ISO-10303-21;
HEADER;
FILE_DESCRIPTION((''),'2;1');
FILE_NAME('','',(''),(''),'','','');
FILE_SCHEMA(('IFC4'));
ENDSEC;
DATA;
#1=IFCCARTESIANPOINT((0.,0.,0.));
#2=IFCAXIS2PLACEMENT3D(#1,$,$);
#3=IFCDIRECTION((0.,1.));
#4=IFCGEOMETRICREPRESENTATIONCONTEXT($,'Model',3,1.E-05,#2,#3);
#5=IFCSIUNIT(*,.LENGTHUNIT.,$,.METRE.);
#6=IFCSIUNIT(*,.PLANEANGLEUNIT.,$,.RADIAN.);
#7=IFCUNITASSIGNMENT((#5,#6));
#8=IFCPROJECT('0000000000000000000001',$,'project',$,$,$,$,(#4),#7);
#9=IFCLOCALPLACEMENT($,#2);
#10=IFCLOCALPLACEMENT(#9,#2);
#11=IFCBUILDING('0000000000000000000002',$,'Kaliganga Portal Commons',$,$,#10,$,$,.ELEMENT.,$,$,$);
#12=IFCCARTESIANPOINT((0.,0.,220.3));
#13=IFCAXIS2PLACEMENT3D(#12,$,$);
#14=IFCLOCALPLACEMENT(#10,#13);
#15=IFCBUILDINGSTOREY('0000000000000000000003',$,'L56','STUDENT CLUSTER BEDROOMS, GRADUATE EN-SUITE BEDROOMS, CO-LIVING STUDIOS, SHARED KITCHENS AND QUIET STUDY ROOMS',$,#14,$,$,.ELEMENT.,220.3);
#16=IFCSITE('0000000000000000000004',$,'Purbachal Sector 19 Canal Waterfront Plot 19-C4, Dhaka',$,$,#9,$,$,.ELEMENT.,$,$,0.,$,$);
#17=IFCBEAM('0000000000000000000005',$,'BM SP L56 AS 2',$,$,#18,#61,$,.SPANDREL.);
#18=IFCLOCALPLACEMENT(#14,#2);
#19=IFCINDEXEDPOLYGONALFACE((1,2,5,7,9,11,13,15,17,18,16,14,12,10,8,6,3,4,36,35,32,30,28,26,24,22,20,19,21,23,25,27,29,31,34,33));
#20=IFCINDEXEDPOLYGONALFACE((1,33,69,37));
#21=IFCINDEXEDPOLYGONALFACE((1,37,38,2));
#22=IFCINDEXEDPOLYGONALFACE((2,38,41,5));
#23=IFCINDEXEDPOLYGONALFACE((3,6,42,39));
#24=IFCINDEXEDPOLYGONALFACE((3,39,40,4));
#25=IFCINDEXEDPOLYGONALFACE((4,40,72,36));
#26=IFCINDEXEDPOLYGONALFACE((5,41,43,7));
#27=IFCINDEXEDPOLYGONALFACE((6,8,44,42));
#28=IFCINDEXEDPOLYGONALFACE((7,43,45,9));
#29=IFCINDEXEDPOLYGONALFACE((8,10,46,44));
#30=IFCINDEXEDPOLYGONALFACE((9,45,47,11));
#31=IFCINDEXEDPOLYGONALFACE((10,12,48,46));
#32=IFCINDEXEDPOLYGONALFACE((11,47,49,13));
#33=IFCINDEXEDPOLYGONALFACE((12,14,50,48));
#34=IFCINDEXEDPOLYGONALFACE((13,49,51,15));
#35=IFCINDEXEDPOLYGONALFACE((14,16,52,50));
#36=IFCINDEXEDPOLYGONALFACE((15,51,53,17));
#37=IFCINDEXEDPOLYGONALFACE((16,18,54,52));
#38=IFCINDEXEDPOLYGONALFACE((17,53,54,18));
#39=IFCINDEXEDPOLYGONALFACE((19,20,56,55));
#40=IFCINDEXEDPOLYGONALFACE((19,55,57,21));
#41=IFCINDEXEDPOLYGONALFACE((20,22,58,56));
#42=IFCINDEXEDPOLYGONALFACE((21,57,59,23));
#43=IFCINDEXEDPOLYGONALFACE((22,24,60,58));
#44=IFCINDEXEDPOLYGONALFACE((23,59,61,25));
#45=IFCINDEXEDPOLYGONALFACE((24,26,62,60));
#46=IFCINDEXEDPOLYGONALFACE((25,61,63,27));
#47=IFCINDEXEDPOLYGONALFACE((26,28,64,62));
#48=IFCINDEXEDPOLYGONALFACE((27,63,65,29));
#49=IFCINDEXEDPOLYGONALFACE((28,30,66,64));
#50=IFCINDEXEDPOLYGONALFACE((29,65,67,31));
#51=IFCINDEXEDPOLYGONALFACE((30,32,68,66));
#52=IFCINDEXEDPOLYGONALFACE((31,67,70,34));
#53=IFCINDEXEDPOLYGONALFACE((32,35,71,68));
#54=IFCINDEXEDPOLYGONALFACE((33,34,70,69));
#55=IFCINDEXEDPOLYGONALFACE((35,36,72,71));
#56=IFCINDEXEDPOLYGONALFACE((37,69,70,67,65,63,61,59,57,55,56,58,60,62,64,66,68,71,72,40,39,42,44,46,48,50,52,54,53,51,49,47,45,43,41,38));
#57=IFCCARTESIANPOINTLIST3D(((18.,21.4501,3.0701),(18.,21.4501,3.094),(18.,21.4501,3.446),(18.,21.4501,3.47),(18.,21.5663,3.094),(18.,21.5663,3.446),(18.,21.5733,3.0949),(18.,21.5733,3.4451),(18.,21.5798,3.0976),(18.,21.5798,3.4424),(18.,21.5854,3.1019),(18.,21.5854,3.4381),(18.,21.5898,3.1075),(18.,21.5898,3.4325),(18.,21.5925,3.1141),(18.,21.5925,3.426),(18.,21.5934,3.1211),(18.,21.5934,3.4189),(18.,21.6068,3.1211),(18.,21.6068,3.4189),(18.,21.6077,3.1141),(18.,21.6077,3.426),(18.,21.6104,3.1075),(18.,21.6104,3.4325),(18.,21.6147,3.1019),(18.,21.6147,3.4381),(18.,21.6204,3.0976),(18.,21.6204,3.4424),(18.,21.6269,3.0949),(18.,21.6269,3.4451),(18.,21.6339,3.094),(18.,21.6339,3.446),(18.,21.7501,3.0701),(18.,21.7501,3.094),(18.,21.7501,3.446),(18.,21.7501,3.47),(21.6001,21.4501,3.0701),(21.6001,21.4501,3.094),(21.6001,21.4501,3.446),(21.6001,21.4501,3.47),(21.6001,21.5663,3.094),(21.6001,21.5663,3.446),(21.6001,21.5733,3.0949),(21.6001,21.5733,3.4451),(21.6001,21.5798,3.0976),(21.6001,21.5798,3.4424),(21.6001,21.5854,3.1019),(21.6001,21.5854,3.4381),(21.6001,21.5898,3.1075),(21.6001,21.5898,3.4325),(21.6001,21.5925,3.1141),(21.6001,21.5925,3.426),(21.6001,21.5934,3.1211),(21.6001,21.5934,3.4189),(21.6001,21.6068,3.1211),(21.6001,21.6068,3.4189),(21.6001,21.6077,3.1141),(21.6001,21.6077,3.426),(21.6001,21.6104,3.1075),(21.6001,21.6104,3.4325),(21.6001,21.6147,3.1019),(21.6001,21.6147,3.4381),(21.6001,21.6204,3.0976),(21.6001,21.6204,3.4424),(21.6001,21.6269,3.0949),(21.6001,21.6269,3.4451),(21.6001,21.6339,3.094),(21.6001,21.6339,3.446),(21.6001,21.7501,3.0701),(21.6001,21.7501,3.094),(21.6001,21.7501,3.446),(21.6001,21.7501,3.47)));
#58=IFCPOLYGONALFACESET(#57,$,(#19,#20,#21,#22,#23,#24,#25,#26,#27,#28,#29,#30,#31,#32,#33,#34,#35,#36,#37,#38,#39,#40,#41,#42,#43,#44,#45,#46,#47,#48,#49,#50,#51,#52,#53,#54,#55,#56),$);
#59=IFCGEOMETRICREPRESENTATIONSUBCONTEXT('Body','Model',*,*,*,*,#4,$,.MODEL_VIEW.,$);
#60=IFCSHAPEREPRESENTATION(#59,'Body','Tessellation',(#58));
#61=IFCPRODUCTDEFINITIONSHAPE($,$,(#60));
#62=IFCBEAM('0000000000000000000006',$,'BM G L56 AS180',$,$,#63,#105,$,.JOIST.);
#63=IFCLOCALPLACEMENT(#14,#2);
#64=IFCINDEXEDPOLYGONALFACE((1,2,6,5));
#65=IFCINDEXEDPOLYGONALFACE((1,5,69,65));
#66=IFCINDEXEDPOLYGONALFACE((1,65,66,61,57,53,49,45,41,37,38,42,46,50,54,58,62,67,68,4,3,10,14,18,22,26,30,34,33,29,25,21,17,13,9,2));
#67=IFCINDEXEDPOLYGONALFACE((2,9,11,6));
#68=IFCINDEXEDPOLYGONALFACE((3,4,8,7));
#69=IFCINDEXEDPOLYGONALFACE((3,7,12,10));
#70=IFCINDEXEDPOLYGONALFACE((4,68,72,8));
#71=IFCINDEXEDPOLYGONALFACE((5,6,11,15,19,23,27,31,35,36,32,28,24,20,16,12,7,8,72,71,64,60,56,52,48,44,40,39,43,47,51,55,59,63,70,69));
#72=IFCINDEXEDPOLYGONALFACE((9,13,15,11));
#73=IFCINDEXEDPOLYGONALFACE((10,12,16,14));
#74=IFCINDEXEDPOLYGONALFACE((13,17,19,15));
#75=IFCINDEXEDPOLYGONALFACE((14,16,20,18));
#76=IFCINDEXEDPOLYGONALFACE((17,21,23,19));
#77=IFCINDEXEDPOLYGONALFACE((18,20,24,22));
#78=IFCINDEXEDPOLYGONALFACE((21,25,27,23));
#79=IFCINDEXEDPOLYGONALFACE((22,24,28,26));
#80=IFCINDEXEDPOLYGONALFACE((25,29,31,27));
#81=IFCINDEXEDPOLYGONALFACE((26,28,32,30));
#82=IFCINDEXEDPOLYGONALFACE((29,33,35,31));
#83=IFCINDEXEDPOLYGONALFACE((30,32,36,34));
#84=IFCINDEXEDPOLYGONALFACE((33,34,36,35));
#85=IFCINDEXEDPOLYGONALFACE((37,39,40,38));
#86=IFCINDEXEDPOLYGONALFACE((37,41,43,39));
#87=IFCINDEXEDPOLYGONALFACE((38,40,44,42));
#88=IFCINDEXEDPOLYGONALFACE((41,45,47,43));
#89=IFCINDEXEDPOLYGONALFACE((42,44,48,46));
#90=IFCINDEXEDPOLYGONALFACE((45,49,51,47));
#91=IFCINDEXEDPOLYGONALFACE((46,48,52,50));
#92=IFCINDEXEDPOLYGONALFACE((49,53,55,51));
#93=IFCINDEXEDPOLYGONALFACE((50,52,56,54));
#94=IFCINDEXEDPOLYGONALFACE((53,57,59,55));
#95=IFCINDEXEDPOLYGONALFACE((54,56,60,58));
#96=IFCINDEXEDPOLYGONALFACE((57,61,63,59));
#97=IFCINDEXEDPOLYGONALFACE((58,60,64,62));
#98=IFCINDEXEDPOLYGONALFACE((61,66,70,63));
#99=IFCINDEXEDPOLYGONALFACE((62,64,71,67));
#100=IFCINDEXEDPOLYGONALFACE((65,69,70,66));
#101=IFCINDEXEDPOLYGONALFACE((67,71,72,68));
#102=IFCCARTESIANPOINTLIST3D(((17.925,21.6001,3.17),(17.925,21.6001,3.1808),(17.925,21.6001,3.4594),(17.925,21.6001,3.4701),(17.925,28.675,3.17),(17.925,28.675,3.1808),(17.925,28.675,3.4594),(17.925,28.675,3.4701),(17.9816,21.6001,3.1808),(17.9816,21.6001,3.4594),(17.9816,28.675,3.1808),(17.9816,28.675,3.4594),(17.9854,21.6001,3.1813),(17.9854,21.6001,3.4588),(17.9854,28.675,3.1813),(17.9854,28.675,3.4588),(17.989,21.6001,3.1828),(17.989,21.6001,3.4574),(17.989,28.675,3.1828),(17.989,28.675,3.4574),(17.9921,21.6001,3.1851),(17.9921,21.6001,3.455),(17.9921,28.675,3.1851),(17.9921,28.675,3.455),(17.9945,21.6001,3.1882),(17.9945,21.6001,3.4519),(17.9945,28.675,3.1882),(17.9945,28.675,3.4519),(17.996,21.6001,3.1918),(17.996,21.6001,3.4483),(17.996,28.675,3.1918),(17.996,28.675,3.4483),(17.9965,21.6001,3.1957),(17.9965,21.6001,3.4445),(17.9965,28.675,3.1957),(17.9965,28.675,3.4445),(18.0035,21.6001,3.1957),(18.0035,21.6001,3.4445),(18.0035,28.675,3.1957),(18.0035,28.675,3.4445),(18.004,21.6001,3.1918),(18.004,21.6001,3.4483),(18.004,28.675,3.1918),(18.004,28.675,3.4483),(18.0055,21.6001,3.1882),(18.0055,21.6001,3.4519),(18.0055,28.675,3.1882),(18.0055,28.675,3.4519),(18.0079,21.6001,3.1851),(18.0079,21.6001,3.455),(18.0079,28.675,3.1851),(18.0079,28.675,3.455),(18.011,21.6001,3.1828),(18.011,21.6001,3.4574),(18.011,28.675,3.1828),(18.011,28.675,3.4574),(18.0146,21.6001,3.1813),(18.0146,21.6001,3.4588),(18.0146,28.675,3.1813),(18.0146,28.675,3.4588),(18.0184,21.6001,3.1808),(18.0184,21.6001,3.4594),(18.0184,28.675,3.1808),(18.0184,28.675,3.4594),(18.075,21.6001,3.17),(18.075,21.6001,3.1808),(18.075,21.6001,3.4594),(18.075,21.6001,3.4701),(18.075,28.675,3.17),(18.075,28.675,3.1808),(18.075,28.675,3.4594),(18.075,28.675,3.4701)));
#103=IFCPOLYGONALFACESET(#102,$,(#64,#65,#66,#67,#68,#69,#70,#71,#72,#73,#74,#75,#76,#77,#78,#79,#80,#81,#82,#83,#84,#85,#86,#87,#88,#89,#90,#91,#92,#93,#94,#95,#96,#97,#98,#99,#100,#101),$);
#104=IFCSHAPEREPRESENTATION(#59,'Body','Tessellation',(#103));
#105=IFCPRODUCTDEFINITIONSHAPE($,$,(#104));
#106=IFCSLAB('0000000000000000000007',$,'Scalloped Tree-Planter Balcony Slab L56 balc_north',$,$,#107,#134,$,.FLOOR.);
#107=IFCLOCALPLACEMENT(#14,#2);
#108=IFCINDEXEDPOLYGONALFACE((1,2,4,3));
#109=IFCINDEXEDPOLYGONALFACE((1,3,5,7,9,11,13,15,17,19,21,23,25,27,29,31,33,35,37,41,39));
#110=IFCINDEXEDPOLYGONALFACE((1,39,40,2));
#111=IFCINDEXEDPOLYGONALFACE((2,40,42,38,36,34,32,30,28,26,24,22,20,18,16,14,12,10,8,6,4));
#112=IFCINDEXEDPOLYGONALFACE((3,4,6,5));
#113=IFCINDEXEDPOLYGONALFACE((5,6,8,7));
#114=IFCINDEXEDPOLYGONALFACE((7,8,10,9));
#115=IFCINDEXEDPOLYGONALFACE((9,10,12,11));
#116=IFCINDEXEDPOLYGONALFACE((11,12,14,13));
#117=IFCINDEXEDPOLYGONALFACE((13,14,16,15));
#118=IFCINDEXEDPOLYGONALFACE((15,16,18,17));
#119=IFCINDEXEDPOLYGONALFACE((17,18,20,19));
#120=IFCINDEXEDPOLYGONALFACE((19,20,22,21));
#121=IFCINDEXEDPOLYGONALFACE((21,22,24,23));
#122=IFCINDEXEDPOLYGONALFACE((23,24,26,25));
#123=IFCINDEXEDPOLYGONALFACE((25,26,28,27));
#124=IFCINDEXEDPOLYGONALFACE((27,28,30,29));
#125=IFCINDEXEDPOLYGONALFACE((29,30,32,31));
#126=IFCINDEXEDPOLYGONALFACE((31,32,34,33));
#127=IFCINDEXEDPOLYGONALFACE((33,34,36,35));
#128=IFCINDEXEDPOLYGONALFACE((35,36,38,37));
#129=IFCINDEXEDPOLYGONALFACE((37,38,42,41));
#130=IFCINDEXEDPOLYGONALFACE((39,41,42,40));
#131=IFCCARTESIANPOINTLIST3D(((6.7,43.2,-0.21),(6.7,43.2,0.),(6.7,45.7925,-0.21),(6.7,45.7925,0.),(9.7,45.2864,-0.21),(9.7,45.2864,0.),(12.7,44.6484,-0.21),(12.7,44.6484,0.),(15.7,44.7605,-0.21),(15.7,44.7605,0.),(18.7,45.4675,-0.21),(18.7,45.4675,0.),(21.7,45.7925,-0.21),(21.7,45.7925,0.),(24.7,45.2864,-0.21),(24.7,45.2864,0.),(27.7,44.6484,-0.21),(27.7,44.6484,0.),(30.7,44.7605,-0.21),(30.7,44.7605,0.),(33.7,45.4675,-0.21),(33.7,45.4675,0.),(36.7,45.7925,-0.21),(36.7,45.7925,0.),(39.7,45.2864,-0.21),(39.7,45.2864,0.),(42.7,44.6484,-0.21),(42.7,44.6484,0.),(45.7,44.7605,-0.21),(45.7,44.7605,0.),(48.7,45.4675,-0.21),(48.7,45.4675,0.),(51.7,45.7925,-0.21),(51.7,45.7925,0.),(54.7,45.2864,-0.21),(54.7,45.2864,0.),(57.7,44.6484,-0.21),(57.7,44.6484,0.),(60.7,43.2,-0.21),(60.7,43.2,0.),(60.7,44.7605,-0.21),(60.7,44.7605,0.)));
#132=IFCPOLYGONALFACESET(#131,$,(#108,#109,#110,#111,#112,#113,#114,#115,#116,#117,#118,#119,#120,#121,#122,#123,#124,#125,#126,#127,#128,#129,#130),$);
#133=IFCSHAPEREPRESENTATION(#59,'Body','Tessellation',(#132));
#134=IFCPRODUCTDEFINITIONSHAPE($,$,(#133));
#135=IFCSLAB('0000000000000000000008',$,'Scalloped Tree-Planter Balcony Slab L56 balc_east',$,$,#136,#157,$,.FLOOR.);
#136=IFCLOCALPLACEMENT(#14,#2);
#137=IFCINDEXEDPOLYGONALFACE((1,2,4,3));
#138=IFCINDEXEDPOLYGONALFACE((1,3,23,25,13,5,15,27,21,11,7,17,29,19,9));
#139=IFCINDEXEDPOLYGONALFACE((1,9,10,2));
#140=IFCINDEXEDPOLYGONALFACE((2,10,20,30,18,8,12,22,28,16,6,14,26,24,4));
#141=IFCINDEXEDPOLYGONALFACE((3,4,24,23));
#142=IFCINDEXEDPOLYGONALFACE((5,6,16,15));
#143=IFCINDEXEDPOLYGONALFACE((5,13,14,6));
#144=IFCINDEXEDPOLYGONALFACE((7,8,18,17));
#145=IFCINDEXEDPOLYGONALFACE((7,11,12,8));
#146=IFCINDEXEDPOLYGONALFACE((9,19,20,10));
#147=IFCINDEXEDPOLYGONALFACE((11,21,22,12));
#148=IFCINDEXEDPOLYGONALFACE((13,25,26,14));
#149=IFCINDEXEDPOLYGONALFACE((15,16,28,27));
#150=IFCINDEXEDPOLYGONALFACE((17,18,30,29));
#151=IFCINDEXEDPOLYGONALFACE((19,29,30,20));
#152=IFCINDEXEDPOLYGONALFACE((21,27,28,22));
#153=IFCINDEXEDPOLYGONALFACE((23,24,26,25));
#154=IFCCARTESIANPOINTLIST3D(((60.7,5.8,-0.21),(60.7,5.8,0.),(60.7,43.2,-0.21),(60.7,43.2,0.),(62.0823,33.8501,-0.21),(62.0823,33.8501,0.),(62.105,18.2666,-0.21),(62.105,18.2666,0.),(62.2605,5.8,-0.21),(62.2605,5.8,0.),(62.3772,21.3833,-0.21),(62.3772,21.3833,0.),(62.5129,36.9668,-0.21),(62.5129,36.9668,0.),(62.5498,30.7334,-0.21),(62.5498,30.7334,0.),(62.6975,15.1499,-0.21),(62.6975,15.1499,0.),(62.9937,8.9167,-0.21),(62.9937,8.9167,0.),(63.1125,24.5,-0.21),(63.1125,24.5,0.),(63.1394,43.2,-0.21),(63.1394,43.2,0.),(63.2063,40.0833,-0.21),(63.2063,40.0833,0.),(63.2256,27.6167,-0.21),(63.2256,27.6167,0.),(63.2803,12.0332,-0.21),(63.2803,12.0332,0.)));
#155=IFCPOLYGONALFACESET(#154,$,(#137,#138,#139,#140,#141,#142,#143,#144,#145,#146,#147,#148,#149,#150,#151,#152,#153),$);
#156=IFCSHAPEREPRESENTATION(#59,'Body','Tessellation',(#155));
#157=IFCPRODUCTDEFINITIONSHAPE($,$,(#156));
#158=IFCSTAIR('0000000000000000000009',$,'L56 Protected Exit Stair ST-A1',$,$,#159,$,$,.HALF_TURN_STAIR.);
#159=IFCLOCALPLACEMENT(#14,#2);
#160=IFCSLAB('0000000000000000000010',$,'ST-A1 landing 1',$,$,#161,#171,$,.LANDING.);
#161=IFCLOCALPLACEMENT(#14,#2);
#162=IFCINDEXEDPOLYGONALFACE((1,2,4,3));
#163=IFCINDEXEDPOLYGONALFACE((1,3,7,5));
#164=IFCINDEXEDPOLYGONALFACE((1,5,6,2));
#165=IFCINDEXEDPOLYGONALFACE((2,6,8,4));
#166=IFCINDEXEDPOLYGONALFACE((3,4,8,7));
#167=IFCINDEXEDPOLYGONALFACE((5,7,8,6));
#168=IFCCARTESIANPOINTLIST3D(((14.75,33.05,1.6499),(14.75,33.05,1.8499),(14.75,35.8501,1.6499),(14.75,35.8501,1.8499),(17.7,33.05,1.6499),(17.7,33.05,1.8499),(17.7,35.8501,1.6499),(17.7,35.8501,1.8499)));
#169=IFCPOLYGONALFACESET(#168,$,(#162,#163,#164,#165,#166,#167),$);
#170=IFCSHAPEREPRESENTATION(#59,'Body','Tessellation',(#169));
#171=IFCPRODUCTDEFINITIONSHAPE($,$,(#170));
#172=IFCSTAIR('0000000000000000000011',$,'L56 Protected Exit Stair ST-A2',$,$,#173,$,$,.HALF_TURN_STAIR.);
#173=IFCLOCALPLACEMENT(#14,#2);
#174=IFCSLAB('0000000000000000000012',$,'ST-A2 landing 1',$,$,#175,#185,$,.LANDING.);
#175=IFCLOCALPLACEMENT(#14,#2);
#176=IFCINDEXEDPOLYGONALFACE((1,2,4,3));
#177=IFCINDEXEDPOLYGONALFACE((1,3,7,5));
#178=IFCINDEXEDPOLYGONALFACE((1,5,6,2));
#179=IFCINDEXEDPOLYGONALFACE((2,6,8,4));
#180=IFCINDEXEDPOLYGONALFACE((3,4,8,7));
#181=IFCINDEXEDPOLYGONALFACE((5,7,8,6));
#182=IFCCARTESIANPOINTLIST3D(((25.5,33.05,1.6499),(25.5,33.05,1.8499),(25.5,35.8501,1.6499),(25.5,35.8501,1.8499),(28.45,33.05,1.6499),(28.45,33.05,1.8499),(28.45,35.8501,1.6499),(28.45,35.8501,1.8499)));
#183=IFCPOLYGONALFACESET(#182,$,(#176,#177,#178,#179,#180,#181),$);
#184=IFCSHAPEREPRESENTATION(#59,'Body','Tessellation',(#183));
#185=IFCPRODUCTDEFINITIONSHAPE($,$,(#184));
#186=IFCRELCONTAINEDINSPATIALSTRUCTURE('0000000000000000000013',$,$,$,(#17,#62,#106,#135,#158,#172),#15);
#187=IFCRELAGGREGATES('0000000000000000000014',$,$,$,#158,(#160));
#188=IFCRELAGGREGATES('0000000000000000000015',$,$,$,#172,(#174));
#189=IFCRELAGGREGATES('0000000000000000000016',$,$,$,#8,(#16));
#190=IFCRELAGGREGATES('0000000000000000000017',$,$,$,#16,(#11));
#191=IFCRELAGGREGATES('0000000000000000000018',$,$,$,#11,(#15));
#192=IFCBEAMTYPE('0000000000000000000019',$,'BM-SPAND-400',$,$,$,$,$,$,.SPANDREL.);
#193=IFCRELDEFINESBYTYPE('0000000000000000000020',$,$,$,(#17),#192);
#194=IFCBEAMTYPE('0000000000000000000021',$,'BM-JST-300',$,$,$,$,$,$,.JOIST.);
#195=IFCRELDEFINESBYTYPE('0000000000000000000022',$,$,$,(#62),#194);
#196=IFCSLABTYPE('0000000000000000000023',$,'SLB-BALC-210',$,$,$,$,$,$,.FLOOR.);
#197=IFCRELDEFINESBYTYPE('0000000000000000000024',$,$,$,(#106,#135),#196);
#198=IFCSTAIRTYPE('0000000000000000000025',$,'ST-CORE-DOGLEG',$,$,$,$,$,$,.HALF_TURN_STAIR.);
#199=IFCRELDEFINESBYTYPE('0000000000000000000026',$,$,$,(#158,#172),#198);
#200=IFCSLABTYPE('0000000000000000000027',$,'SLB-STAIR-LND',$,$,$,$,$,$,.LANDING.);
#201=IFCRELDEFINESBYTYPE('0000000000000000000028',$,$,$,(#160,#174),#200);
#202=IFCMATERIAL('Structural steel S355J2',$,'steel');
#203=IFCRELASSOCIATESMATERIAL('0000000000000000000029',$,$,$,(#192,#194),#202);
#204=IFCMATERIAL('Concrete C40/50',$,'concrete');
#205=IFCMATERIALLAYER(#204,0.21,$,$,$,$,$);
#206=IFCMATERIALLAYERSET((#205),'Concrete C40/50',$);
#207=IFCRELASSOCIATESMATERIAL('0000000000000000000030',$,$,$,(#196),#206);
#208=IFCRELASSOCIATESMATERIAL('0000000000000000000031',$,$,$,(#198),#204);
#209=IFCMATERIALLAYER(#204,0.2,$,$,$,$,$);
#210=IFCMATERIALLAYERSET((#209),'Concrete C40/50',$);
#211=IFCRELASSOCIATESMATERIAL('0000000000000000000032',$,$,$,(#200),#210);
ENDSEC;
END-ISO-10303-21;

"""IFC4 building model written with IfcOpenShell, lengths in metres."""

from ifc_helpers import new_model, si_unit, direction, frame, origin, origin_2d, place, context, subcontext, project, spatial, polyline, i_section, outline, extrude, source, transform, mapped, material, layer, layer_set, material_profile, profile_set, type_object, element, aggregate, save


model = new_model("IFC4")

# Units and contexts
model_context = context("Model", 3, precision=1e-05, world=origin(), true_north=direction((0.0, 1.0)))
body_context = subcontext(model_context, "Body", "Model", "MODEL_VIEW")
ifc_project = project(units=[si_unit("LENGTHUNIT", "METRE"), si_unit("PLANEANGLEUNIT", "RADIAN")], contexts=[model_context])

# Site, building, storey
site_placement = place(None, origin())
site = spatial("IfcSite", under=ifc_project, at=site_placement, Name="Purbachal Sector 19 Canal Waterfront Plot 19-C4, Dhaka", CompositionType="ELEMENT", RefElevation=0.0)
building_placement = place(site_placement, origin())
building = spatial("IfcBuilding", under=site, at=building_placement, Name="Kaliganga Portal Commons", CompositionType="ELEMENT")
storey_placement = place(building_placement, frame((0.0, 0.0, 220.3)))
storey = spatial("IfcBuildingStorey", under=building, at=storey_placement, Name="L56", Description="STUDENT CLUSTER BEDROOMS, GRADUATE EN-SUITE BEDROOMS, CO-LIVING STUDIOS, SHARED KITCHENS AND QUIET STUDY ROOMS", CompositionType="ELEMENT", Elevation=220.3)

# Shared definitions
ifc_material_1 = material(Name="Structural steel S355J2", Category="steel")

# Beams
ifc_material_profile_1 = material_profile(ifc_material_1, i_section(OverallWidth=0.3, OverallDepth=0.3999, WebThickness=0.0134, FlangeThickness=0.0239, FilletRadius=0.0271, at=origin_2d()), Name="HE 400 B")
ifc_profile_set_1 = profile_set([ifc_material_profile_1], Name="Structural steel S355J2 wide-flange")
beam_type_1 = type_object("IfcBeamType", Name="BM-SPAND-400", PredefinedType="SPANDREL", material=ifc_profile_set_1)
shared_shape_1 = source(origin(), body_context, "Body", "SweptSolid", [
    extrude(i_section(OverallWidth=0.3, OverallDepth=0.3999, WebThickness=0.0134, FlangeThickness=0.0239, FilletRadius=0.0271, at=origin_2d()), origin(), (0.0, 0.0, 1.0), 3.6001),
])
for number, where, z_axis, x_axis, name in (
    (1, (18.0, 21.6001, 3.27), (1.0, 0.0, 0.0), (0.0, 1.0, 0.0), "BM SP L56 AS 2"),
):
    element("IfcBeam", number, at=place(storey_placement, frame(where, z_axis=z_axis, x_axis=x_axis)), inside=storey, type_object=beam_type_1, Name=name, PredefinedType="SPANDREL", context=body_context, shape_type="MappedRepresentation", body=[
        mapped(shared_shape_1, transform((0.0, 0.0, 0.0), x_axis=(1.0, 0.0, 0.0), y_axis=(0.0, 1.0, 0.0), z_axis=(0.0, 0.0, 1.0), scale=1.0)),
    ])
ifc_material_profile_2 = material_profile(ifc_material_1, i_section(OverallWidth=0.1499, OverallDepth=0.3, WebThickness=0.0071, FlangeThickness=0.0107, FilletRadius=0.0149, at=origin_2d()), Name="IPE 300")
ifc_profile_set_2 = profile_set([ifc_material_profile_2], Name="Structural steel S355J2 wide-flange")
beam_type_2 = type_object("IfcBeamType", Name="BM-JST-300", PredefinedType="JOIST", material=ifc_profile_set_2)
shared_shape_2 = source(origin(), body_context, "Body", "SweptSolid", [
    extrude(i_section(OverallWidth=0.1499, OverallDepth=0.3, WebThickness=0.0071, FlangeThickness=0.0107, FilletRadius=0.0149, at=origin_2d()), origin(), (0.0, 0.0, 1.0), 7.075),
])
beam_1_placement = place(storey_placement, frame((18.0, 21.6001, 3.3201), z_axis=(0.0, 1.0, 0.0), x_axis=(-1.0, 0.0, 0.0)))
element("IfcBeam", 2, at=beam_1_placement, inside=storey, type_object=beam_type_2, Name="BM G L56 AS180", PredefinedType="JOIST", context=body_context, shape_type="MappedRepresentation", body=[
    mapped(shared_shape_2, transform((0.0, 0.0, 0.0), x_axis=(1.0, 0.0, 0.0), y_axis=(0.0, 1.0, 0.0), z_axis=(0.0, 0.0, 1.0), scale=1.0)),
])

# Slabs
ifc_material_2 = material(Name="Concrete C40/50", Category="concrete")
ifc_layer_1 = layer(ifc_material_2, 0.21)
ifc_layer_set_1 = layer_set([ifc_layer_1], Name="Concrete C40/50")
slab_type_1 = type_object("IfcSlabType", Name="SLB-BALC-210", PredefinedType="FLOOR", material=ifc_layer_set_1)
slab_1_placement = place(storey_placement, frame((0.0, 0.0, -0.21)))
element("IfcSlab", 3, at=slab_1_placement, inside=storey, type_object=slab_type_1, Name="Scalloped Tree-Planter Balcony Slab L56 balc_north", PredefinedType="FLOOR", context=body_context, shape_type="SweptSolid", body=[
    extrude(outline(polyline([(60.7, 43.2), (60.7, 44.7605), (57.7, 44.6484), (54.7, 45.2864), (51.7, 45.7925), (48.7, 45.4675), (45.7, 44.7605), (42.7, 44.6484), (39.7, 45.2864), (36.7, 45.7925), (33.7, 45.4675), (30.7, 44.7605), (27.7, 44.6484), (24.7, 45.2864), (21.7, 45.7925), (18.7, 45.4675), (15.7, 44.7605), (12.7, 44.6484), (9.7, 45.2864), (6.7, 45.7925), (6.7, 43.2), (60.7, 43.2)])), origin(), (0.0, 0.0, 1.0), 0.21),
])
slab_2_placement = place(storey_placement, frame((0.0, 0.0, -0.21)))
element("IfcSlab", 4, at=slab_2_placement, inside=storey, type_object=slab_type_1, Name="Scalloped Tree-Planter Balcony Slab L56 balc_east", PredefinedType="FLOOR", context=body_context, shape_type="SweptSolid", body=[
    extrude(outline(polyline([(60.7, 5.8), (62.2605, 5.8), (62.9937, 8.9167), (63.2803, 12.0332), (62.6975, 15.1499), (62.105, 18.2666), (62.3772, 21.3833), (63.1125, 24.5), (63.2256, 27.6167), (62.5498, 30.7334), (62.0823, 33.8501), (62.5129, 36.9668), (63.2063, 40.0833), (63.1394, 43.2), (60.7, 43.2), (60.7, 5.8)])), origin(), (0.0, 0.0, 1.0), 0.21),
])

# Stairs, slabs
stair_type = type_object("IfcStairType", Name="ST-CORE-DOGLEG", PredefinedType="HALF_TURN_STAIR", material=ifc_material_2)
stair_1_placement = place(storey_placement, origin())
stair_1 = element("IfcStair", 5, at=stair_1_placement, inside=storey, type_object=stair_type, Name="L56 Protected Exit Stair ST-A1", PredefinedType="HALF_TURN_STAIR")
ifc_layer_2 = layer(ifc_material_2, 0.2)
ifc_layer_set_2 = layer_set([ifc_layer_2], Name="Concrete C40/50")
slab_type_2 = type_object("IfcSlabType", Name="SLB-STAIR-LND", PredefinedType="LANDING", material=ifc_layer_set_2)
slab_3_placement = place(storey_placement, frame((0.0, 0.0, 1.6499)))
slab_3 = element("IfcSlab", 6, at=slab_3_placement, type_object=slab_type_2, Name="ST-A1 landing 1", PredefinedType="LANDING", context=body_context, shape_type="SweptSolid", body=[
    extrude(outline(polyline([(17.7, 33.05), (17.7, 35.8501), (14.75, 35.8501), (14.75, 33.05), (17.7, 33.05)])), origin(), (0.0, 0.0, 1.0), 0.2),
])
aggregate(stair_1, [slab_3])
stair_2_placement = place(storey_placement, origin())
stair_2 = element("IfcStair", 7, at=stair_2_placement, inside=storey, type_object=stair_type, Name="L56 Protected Exit Stair ST-A2", PredefinedType="HALF_TURN_STAIR")
slab_4_placement = place(storey_placement, frame((0.0, 0.0, 1.6499)))
slab_4 = element("IfcSlab", 8, at=slab_4_placement, type_object=slab_type_2, Name="ST-A2 landing 1", PredefinedType="LANDING", context=body_context, shape_type="SweptSolid", body=[
    extrude(outline(polyline([(28.45, 33.05), (28.45, 35.8501), (25.5, 35.8501), (25.5, 33.05), (28.45, 33.05)])), origin(), (0.0, 0.0, 1.0), 0.2),
])
aggregate(stair_2, [slab_4])

save(model, "model.ifc")
